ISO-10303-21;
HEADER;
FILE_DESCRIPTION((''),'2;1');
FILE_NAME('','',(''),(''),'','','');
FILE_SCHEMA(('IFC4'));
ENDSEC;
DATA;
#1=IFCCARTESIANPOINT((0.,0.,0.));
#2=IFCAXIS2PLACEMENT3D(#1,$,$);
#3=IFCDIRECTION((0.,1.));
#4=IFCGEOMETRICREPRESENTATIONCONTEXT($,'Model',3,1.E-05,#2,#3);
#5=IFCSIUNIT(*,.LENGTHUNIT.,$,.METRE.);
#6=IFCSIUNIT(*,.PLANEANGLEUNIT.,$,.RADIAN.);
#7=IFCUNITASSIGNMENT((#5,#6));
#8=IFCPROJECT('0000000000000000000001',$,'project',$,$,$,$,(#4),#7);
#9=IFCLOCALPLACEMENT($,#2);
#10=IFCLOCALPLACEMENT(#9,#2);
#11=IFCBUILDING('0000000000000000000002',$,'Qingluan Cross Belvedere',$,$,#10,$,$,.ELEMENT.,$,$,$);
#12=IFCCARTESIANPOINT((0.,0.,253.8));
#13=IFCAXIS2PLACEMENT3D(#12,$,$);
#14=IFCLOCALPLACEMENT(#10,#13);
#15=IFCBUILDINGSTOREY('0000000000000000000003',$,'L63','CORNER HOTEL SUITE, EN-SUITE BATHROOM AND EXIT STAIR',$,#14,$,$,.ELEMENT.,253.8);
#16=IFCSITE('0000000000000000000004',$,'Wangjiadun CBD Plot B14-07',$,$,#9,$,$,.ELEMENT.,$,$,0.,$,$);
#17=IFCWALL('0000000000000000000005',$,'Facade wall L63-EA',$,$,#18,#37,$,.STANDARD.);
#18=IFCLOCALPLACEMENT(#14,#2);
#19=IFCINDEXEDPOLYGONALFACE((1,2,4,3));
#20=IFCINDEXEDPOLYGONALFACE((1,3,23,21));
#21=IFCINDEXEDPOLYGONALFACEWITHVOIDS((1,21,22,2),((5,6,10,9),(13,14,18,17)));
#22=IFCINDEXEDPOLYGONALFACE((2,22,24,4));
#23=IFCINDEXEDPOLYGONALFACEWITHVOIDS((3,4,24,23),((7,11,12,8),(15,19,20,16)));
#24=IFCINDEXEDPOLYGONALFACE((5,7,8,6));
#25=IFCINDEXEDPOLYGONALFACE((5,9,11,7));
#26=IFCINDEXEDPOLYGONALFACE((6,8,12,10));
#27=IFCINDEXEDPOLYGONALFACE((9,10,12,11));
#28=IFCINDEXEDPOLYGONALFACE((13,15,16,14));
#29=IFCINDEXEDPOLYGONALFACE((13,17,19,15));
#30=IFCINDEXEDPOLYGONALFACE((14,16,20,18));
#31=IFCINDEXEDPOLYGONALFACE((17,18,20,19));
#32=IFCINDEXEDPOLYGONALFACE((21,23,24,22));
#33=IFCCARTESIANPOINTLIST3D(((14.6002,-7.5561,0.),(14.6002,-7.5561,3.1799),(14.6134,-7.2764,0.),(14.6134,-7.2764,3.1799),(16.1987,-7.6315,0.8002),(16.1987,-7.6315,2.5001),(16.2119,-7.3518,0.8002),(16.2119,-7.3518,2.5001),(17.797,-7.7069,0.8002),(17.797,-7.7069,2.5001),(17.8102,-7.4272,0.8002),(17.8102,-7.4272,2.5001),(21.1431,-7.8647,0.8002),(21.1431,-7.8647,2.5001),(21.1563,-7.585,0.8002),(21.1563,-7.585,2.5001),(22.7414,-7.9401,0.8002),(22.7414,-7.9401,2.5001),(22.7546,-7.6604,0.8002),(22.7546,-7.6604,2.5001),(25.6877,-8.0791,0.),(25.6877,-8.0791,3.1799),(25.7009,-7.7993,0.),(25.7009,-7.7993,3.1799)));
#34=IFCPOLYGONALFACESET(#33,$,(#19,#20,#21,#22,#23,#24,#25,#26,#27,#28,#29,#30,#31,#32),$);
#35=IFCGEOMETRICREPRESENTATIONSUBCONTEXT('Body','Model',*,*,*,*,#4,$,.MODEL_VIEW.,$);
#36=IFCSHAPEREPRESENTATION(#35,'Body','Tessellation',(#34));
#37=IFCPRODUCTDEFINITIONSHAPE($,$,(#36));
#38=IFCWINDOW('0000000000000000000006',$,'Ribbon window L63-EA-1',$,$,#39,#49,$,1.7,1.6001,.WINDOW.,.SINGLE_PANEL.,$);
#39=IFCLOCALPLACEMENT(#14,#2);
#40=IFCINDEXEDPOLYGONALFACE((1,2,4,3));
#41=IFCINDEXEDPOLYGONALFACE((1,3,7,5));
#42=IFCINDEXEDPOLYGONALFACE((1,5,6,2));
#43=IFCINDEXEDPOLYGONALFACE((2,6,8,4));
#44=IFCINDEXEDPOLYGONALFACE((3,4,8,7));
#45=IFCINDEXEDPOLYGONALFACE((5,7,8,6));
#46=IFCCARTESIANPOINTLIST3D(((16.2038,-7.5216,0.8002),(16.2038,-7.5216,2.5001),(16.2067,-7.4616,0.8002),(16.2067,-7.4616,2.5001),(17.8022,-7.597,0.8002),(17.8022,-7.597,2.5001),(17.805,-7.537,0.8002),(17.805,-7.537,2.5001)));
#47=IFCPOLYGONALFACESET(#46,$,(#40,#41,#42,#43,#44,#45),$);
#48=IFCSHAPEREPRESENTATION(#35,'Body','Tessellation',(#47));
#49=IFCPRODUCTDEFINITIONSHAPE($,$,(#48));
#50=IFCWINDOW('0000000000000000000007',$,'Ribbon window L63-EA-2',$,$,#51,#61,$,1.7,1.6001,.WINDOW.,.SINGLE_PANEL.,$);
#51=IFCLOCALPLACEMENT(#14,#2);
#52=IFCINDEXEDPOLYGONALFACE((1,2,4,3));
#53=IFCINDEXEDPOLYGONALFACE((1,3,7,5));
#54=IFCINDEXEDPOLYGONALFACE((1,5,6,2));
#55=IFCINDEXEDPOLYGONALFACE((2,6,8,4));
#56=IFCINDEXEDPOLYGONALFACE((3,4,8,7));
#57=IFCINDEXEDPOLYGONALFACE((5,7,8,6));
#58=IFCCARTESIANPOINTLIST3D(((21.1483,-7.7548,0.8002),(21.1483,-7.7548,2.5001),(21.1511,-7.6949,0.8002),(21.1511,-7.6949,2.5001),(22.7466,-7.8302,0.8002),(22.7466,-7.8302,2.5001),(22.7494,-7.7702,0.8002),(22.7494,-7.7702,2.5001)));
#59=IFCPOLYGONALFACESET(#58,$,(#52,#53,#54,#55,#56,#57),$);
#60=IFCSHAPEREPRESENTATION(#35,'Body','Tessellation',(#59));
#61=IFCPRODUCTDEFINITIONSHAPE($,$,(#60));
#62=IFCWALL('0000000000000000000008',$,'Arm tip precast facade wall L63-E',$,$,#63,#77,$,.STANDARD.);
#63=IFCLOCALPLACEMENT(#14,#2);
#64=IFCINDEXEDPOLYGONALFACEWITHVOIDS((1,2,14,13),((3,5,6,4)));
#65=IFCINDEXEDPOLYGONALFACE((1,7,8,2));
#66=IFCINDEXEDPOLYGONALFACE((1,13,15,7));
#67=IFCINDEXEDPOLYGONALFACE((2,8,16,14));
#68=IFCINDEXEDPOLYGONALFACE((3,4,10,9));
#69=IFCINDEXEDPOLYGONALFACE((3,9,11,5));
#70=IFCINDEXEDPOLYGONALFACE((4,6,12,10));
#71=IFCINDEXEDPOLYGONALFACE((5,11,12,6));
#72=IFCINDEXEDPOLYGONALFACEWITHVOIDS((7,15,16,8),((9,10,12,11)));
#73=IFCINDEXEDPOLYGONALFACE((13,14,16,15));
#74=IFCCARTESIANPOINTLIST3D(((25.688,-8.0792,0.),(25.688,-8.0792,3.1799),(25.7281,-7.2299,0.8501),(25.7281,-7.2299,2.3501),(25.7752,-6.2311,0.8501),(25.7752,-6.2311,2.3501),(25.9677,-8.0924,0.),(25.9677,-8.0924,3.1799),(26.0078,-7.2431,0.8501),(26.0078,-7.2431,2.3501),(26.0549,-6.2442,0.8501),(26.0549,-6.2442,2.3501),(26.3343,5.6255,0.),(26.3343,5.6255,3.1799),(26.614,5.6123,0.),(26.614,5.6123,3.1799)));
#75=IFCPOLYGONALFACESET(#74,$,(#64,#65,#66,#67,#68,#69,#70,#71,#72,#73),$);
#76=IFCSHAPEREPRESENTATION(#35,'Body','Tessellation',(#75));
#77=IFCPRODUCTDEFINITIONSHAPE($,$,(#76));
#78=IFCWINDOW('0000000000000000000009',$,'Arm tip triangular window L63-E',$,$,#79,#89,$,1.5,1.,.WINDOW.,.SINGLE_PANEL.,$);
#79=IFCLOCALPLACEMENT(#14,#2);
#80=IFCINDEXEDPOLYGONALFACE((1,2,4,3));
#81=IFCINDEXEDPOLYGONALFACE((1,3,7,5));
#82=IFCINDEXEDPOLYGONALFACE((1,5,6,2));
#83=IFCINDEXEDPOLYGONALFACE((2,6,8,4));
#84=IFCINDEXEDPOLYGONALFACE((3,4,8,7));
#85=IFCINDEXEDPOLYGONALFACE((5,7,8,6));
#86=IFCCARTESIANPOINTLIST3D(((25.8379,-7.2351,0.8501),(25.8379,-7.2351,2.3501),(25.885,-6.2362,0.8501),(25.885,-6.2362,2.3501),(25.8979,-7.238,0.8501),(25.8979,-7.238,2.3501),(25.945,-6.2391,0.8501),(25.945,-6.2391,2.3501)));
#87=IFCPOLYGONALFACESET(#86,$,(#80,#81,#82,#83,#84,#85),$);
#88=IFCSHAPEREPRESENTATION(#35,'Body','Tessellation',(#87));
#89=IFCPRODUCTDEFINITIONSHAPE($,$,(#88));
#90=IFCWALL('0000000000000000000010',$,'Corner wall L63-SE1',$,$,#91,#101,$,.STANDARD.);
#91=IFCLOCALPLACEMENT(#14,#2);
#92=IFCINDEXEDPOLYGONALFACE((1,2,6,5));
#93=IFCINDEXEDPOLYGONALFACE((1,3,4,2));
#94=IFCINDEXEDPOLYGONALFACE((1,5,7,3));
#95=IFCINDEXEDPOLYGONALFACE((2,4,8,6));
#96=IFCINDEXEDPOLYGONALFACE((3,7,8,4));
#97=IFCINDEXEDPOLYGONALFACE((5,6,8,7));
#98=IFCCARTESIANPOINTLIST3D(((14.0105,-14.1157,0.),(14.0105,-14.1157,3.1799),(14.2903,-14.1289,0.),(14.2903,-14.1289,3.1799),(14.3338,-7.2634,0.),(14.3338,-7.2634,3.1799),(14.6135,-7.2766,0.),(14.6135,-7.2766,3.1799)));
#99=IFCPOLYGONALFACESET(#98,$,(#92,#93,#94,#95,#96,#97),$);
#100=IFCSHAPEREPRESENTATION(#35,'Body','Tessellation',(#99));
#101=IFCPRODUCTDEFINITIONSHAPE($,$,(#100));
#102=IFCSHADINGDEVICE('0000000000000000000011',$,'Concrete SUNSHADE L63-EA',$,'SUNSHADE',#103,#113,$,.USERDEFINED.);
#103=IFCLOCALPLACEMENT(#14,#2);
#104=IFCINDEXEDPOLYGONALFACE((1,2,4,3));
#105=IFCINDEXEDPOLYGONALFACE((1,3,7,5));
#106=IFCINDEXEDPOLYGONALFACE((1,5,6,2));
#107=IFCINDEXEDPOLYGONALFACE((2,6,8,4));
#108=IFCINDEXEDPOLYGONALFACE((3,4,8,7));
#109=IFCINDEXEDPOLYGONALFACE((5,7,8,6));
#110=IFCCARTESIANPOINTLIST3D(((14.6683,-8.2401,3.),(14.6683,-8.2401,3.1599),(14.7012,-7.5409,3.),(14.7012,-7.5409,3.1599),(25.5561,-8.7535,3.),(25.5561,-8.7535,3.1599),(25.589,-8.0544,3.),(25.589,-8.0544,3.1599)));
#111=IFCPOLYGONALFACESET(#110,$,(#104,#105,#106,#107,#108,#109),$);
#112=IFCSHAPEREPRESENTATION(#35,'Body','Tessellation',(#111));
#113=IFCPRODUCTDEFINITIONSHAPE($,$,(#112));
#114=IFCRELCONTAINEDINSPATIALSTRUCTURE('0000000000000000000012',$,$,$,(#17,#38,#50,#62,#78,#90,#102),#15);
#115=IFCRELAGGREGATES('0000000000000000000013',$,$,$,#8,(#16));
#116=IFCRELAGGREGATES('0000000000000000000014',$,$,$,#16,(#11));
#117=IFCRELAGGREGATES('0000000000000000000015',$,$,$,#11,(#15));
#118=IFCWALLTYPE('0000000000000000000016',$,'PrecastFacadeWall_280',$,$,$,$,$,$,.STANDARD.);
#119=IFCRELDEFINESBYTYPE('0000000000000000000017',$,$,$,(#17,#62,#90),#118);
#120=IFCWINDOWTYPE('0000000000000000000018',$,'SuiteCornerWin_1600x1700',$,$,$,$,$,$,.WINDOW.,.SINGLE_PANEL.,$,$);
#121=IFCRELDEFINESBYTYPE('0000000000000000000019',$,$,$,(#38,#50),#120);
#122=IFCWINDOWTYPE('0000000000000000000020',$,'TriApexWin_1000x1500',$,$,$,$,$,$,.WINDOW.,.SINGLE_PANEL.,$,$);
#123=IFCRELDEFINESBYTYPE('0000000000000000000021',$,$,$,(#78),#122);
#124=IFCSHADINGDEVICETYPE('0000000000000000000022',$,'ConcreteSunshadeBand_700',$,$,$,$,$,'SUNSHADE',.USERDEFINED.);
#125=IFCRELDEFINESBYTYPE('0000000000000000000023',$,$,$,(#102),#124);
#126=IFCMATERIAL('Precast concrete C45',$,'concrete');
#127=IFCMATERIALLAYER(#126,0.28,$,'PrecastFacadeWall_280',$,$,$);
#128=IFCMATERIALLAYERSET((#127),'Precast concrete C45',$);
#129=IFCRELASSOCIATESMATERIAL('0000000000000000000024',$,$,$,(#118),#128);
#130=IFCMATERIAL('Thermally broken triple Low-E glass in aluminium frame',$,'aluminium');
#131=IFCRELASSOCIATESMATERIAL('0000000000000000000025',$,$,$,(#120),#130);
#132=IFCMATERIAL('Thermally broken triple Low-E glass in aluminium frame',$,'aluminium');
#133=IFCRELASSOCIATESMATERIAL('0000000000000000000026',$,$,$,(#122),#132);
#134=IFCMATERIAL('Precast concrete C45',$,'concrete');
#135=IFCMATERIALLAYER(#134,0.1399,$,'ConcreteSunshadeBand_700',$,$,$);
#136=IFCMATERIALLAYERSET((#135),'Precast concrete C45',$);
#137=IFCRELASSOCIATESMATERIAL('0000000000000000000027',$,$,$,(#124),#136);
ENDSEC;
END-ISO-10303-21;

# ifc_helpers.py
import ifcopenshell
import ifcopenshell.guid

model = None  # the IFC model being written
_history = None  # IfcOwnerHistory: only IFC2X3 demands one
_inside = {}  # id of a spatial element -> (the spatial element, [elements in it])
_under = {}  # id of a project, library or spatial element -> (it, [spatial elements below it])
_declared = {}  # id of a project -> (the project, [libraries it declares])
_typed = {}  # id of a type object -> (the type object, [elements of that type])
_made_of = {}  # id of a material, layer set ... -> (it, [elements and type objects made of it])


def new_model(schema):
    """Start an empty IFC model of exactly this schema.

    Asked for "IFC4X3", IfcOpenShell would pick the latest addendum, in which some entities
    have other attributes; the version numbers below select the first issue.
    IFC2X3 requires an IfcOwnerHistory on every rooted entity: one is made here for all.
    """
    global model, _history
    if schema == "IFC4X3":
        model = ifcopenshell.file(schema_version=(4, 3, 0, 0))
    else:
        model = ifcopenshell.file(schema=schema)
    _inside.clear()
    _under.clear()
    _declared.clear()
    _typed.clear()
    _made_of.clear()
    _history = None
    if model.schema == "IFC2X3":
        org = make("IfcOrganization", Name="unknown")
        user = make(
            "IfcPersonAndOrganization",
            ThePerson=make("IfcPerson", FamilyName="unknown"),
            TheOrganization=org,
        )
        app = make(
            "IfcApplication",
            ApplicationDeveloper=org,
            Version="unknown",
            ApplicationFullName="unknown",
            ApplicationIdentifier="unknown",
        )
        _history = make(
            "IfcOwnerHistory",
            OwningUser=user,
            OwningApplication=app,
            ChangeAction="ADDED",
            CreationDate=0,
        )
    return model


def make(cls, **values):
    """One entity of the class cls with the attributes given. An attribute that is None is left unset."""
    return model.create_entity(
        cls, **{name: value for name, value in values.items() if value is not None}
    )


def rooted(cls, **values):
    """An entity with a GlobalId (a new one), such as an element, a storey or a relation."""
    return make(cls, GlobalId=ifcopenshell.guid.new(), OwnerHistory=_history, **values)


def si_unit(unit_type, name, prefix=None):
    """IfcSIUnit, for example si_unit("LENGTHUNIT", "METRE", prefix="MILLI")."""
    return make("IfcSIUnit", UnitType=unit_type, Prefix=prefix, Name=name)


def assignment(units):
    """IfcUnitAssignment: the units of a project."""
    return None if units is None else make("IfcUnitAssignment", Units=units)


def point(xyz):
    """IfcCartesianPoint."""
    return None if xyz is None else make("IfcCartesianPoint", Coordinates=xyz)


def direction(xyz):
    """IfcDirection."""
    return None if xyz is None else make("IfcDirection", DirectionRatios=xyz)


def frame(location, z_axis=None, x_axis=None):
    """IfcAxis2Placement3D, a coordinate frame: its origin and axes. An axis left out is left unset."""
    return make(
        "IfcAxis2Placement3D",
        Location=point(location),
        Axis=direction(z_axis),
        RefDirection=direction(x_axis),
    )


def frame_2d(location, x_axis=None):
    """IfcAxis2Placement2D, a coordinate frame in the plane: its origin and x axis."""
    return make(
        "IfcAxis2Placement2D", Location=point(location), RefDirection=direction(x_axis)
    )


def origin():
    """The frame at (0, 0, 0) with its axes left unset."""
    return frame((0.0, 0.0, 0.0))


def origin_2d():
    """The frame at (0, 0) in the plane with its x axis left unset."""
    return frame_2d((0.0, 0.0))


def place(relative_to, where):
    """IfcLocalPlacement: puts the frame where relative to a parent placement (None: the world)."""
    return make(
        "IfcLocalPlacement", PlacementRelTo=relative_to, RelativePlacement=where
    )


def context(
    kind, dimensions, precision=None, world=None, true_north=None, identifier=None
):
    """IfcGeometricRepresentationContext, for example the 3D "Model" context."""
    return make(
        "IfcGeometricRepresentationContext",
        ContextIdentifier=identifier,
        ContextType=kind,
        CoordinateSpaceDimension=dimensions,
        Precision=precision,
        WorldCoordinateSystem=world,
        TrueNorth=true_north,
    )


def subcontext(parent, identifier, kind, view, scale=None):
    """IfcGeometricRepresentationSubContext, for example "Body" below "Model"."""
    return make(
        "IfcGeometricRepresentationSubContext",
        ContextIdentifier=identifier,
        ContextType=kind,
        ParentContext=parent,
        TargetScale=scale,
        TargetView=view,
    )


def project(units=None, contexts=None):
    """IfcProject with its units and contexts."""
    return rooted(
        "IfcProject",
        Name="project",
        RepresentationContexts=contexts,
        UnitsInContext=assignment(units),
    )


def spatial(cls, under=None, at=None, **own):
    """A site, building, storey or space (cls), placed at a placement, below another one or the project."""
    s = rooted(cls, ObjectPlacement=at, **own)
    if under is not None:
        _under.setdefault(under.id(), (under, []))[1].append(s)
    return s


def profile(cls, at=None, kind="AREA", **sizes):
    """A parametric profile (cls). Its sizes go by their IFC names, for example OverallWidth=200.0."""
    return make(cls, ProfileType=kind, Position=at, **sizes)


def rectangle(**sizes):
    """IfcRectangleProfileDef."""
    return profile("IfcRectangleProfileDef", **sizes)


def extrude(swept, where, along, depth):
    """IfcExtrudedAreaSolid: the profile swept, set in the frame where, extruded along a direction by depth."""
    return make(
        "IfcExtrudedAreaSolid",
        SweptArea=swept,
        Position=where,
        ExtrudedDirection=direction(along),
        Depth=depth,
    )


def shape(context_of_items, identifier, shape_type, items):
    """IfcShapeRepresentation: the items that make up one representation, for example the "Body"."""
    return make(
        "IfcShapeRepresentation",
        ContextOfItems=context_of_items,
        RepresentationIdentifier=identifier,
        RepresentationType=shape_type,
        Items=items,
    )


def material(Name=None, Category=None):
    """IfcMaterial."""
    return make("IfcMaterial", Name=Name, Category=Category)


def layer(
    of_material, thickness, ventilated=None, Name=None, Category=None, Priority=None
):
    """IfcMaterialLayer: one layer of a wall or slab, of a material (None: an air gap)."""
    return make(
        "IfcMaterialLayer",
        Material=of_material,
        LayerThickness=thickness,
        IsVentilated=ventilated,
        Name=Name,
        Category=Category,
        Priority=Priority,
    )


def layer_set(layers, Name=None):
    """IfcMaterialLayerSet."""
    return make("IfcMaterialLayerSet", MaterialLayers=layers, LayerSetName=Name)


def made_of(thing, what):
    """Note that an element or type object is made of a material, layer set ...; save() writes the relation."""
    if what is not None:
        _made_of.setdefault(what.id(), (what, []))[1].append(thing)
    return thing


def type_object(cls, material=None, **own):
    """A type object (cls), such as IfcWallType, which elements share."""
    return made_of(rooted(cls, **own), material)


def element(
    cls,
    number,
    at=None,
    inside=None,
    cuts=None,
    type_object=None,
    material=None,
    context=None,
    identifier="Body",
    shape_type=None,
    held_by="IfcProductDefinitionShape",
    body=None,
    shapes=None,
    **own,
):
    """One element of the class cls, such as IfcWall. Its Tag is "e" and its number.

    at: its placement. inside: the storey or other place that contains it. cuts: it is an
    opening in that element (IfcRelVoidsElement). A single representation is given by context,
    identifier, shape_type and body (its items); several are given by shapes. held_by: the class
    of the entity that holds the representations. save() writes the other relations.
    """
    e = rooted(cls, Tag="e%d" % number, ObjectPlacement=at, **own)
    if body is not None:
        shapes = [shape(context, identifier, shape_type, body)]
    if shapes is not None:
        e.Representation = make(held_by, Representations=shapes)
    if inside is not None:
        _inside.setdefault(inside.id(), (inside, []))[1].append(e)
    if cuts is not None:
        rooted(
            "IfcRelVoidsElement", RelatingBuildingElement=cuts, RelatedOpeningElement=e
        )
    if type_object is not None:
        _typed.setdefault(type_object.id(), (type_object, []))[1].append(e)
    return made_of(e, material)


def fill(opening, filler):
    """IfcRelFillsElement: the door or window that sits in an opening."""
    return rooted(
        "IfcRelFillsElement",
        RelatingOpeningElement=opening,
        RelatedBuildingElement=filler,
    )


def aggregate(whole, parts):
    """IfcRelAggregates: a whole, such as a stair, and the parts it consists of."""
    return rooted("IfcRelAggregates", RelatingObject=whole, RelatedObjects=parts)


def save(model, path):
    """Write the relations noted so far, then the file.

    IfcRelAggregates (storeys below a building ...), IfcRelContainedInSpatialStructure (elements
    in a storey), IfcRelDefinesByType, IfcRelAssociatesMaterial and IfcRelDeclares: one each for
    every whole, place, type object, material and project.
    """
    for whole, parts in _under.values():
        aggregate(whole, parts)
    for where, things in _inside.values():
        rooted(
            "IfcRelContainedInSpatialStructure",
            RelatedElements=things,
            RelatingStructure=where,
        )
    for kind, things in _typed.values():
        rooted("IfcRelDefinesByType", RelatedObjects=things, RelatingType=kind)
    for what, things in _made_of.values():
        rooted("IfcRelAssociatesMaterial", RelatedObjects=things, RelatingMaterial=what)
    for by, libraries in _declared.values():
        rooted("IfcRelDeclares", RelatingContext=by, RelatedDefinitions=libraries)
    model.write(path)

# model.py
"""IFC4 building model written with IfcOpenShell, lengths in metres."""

from ifc_helpers import new_model, si_unit, direction, frame, frame_2d, origin, origin_2d, place, context, subcontext, project, spatial, rectangle, extrude, material, layer, layer_set, type_object, element, fill, save


model = new_model("IFC4")

# Units and contexts
model_context = context("Model", 3, precision=1e-05, world=origin(), true_north=direction((0.0, 1.0)))
body_context = subcontext(model_context, "Body", "Model", "MODEL_VIEW")
ifc_project = project(units=[si_unit("LENGTHUNIT", "METRE"), si_unit("PLANEANGLEUNIT", "RADIAN")], contexts=[model_context])

# Site, building, storey
site_placement = place(None, origin())
site = spatial("IfcSite", under=ifc_project, at=site_placement, Name="Wangjiadun CBD Plot B14-07", CompositionType="ELEMENT", RefElevation=0.0)
building_placement = place(site_placement, origin())
building = spatial("IfcBuilding", under=site, at=building_placement, Name="Qingluan Cross Belvedere", CompositionType="ELEMENT")
storey_placement = place(building_placement, frame((0.0, 0.0, 253.8)))
storey = spatial("IfcBuildingStorey", under=building, at=storey_placement, Name="L63", Description="CORNER HOTEL SUITE, EN-SUITE BATHROOM AND EXIT STAIR", CompositionType="ELEMENT", Elevation=253.8)

# Wall, openings, windows
ifc_material_1 = material(Name="Precast concrete C45", Category="concrete")
ifc_layer_1 = layer(ifc_material_1, 0.28, Name="PrecastFacadeWall_280")
ifc_layer_set_1 = layer_set([ifc_layer_1], Name="Precast concrete C45")
wall_type_1 = type_object("IfcWallType", Name="PrecastFacadeWall_280", PredefinedType="STANDARD", material=ifc_layer_set_1)
wall_1_placement = place(storey_placement, frame((14.6069, -7.4163, 0.0), z_axis=(0.0, 0.0, 1.0), x_axis=(0.99889, -0.047113, 0.0)))
wall_1 = element("IfcWall", 1, at=wall_1_placement, inside=storey, type_object=wall_type_1, Name="Facade wall L63-EA", PredefinedType="STANDARD", context=body_context, shape_type="SweptSolid", body=[
    extrude(rectangle(XDim=11.0999, YDim=0.28, at=frame_2d((5.5498, 0.0))), origin(), (0.0, 0.0, 1.0), 3.1799),
])
opening_1_placement = place(wall_1_placement, frame((1.6001, 0.0, 0.8)))
opening_1 = element("IfcOpeningElement", 2, at=opening_1_placement, cuts=wall_1, PredefinedType="OPENING", context=body_context, shape_type="SweptSolid", body=[
    extrude(rectangle(XDim=1.6001, YDim=1.7, at=frame_2d((0.8, 0.8501))), frame((0.0, 0.1499, 0.0), z_axis=(0.0, -1.0, 0.0), x_axis=(1.0, 0.0, 0.0)), (0.0, 0.0, 1.0), 0.3),
])
opening_2_placement = place(wall_1_placement, frame((6.55, 0.0, 0.8)))
opening_2 = element("IfcOpeningElement", 3, at=opening_2_placement, cuts=wall_1, PredefinedType="OPENING", context=body_context, shape_type="SweptSolid", body=[
    extrude(rectangle(XDim=1.6001, YDim=1.7, at=frame_2d((0.8, 0.8501))), frame((0.0, 0.1499, 0.0), z_axis=(0.0, -1.0, 0.0), x_axis=(1.0, 0.0, 0.0)), (0.0, 0.0, 1.0), 0.3),
])
ifc_material_2 = material(Name="Thermally broken triple Low-E glass in aluminium frame", Category="aluminium")
window_type_1 = type_object("IfcWindowType", Name="SuiteCornerWin_1600x1700", PartitioningType="SINGLE_PANEL", PredefinedType="WINDOW", material=ifc_material_2)
window_1_placement = place(opening_1_placement, origin())
window_1 = element("IfcWindow", 4, at=window_1_placement, inside=storey, type_object=window_type_1, Name="Ribbon window L63-EA-1", OverallHeight=1.7, OverallWidth=1.6001, PartitioningType="SINGLE_PANEL", PredefinedType="WINDOW", context=body_context, shape_type="SweptSolid", body=[
    extrude(rectangle(XDim=1.6001, YDim=1.7, at=frame_2d((0.8, 0.8501))), frame((0.0, 0.03, 0.0), z_axis=(0.0, -1.0, 0.0), x_axis=(1.0, 0.0, 0.0)), (0.0, 0.0, 1.0), 0.0601),
])
fill(opening_1, window_1)
window_2_placement = place(opening_2_placement, origin())
window_2 = element("IfcWindow", 5, at=window_2_placement, inside=storey, type_object=window_type_1, Name="Ribbon window L63-EA-2", OverallHeight=1.7, OverallWidth=1.6001, PartitioningType="SINGLE_PANEL", PredefinedType="WINDOW", context=body_context, shape_type="SweptSolid", body=[
    extrude(rectangle(XDim=1.6001, YDim=1.7, at=frame_2d((0.8, 0.8501))), frame((0.0, 0.03, 0.0), z_axis=(0.0, -1.0, 0.0), x_axis=(1.0, 0.0, 0.0)), (0.0, 0.0, 1.0), 0.0601),
])
fill(opening_2, window_2)

# Wall, opening, window
wall_2_placement = place(storey_placement, frame((25.8279, -8.0857, 0.0), z_axis=(0.0, 0.0, 1.0), x_axis=(0.047102, 0.99889, 0.0)))
wall_2 = element("IfcWall", 6, at=wall_2_placement, inside=storey, type_object=wall_type_1, Name="Arm tip precast facade wall L63-E", PredefinedType="STANDARD", context=body_context, shape_type="SweptSolid", body=[
    extrude(rectangle(XDim=13.72, YDim=0.28, at=frame_2d((6.8599, 0.0))), origin(), (0.0, 0.0, 1.0), 3.1799),
])
opening_3_placement = place(wall_2_placement, frame((0.8501, 0.0, 0.8501)))
opening_3 = element("IfcOpeningElement", 7, at=opening_3_placement, cuts=wall_2, PredefinedType="OPENING", context=body_context, shape_type="SweptSolid", body=[
    extrude(rectangle(XDim=1.0, YDim=1.5, at=frame_2d((0.5, 0.75))), frame((0.0, 0.1499, 0.0), z_axis=(0.0, -1.0, 0.0), x_axis=(1.0, 0.0, 0.0)), (0.0, 0.0, 1.0), 0.3),
])
ifc_material_3 = material(Name="Thermally broken triple Low-E glass in aluminium frame", Category="aluminium")
window_type_2 = type_object("IfcWindowType", Name="TriApexWin_1000x1500", PartitioningType="SINGLE_PANEL", PredefinedType="WINDOW", material=ifc_material_3)
window_3_placement = place(opening_3_placement, origin())
window_3 = element("IfcWindow", 8, at=window_3_placement, inside=storey, type_object=window_type_2, Name="Arm tip triangular window L63-E", OverallHeight=1.5, OverallWidth=1.0, PartitioningType="SINGLE_PANEL", PredefinedType="WINDOW", context=body_context, shape_type="SweptSolid", body=[
    extrude(rectangle(XDim=1.0, YDim=1.5, at=frame_2d((0.5, 0.75))), frame((0.0, 0.03, 0.0), z_axis=(0.0, -1.0, 0.0), x_axis=(1.0, 0.0, 0.0)), (0.0, 0.0, 1.0), 0.0601),
])
fill(opening_3, window_3)

# Wall
wall_3_placement = place(storey_placement, frame((14.4736, -7.27, 0.0), z_axis=(0.0, 0.0, 1.0), x_axis=(-0.04712, -0.998889, 0.0)))
element("IfcWall", 9, at=wall_3_placement, inside=storey, type_object=wall_type_1, Name="Corner wall L63-SE1", PredefinedType="STANDARD", context=body_context, shape_type="SweptSolid", body=[
    extrude(rectangle(XDim=6.8599, YDim=0.28, at=frame_2d((3.4299, 0.0))), origin(), (0.0, 0.0, 1.0), 3.1799),
])

# Shading device
ifc_material_4 = material(Name="Precast concrete C45", Category="concrete")
ifc_layer_2 = layer(ifc_material_4, 0.1399, Name="ConcreteSunshadeBand_700")
ifc_layer_set_2 = layer_set([ifc_layer_2], Name="Precast concrete C45")
shading_device_type = type_object("IfcShadingDeviceType", Name="ConcreteSunshadeBand_700", ElementType="SUNSHADE", PredefinedType="USERDEFINED", material=ifc_layer_set_2)
shading_device_placement = place(storey_placement, frame((20.1287, -8.1472, 3.0), z_axis=(0.0, 0.0, 1.0), x_axis=(0.99889, -0.047108, 0.0)))
element("IfcShadingDevice", 10, at=shading_device_placement, inside=storey, type_object=shading_device_type, Name="Concrete SUNSHADE L63-EA", ObjectType="SUNSHADE", PredefinedType="USERDEFINED", context=body_context, shape_type="SweptSolid", body=[
    extrude(rectangle(XDim=10.8999, YDim=0.7, at=origin_2d()), origin(), (0.0, 0.0, 1.0), 0.1599),
])

save(model, "model.ifc")
